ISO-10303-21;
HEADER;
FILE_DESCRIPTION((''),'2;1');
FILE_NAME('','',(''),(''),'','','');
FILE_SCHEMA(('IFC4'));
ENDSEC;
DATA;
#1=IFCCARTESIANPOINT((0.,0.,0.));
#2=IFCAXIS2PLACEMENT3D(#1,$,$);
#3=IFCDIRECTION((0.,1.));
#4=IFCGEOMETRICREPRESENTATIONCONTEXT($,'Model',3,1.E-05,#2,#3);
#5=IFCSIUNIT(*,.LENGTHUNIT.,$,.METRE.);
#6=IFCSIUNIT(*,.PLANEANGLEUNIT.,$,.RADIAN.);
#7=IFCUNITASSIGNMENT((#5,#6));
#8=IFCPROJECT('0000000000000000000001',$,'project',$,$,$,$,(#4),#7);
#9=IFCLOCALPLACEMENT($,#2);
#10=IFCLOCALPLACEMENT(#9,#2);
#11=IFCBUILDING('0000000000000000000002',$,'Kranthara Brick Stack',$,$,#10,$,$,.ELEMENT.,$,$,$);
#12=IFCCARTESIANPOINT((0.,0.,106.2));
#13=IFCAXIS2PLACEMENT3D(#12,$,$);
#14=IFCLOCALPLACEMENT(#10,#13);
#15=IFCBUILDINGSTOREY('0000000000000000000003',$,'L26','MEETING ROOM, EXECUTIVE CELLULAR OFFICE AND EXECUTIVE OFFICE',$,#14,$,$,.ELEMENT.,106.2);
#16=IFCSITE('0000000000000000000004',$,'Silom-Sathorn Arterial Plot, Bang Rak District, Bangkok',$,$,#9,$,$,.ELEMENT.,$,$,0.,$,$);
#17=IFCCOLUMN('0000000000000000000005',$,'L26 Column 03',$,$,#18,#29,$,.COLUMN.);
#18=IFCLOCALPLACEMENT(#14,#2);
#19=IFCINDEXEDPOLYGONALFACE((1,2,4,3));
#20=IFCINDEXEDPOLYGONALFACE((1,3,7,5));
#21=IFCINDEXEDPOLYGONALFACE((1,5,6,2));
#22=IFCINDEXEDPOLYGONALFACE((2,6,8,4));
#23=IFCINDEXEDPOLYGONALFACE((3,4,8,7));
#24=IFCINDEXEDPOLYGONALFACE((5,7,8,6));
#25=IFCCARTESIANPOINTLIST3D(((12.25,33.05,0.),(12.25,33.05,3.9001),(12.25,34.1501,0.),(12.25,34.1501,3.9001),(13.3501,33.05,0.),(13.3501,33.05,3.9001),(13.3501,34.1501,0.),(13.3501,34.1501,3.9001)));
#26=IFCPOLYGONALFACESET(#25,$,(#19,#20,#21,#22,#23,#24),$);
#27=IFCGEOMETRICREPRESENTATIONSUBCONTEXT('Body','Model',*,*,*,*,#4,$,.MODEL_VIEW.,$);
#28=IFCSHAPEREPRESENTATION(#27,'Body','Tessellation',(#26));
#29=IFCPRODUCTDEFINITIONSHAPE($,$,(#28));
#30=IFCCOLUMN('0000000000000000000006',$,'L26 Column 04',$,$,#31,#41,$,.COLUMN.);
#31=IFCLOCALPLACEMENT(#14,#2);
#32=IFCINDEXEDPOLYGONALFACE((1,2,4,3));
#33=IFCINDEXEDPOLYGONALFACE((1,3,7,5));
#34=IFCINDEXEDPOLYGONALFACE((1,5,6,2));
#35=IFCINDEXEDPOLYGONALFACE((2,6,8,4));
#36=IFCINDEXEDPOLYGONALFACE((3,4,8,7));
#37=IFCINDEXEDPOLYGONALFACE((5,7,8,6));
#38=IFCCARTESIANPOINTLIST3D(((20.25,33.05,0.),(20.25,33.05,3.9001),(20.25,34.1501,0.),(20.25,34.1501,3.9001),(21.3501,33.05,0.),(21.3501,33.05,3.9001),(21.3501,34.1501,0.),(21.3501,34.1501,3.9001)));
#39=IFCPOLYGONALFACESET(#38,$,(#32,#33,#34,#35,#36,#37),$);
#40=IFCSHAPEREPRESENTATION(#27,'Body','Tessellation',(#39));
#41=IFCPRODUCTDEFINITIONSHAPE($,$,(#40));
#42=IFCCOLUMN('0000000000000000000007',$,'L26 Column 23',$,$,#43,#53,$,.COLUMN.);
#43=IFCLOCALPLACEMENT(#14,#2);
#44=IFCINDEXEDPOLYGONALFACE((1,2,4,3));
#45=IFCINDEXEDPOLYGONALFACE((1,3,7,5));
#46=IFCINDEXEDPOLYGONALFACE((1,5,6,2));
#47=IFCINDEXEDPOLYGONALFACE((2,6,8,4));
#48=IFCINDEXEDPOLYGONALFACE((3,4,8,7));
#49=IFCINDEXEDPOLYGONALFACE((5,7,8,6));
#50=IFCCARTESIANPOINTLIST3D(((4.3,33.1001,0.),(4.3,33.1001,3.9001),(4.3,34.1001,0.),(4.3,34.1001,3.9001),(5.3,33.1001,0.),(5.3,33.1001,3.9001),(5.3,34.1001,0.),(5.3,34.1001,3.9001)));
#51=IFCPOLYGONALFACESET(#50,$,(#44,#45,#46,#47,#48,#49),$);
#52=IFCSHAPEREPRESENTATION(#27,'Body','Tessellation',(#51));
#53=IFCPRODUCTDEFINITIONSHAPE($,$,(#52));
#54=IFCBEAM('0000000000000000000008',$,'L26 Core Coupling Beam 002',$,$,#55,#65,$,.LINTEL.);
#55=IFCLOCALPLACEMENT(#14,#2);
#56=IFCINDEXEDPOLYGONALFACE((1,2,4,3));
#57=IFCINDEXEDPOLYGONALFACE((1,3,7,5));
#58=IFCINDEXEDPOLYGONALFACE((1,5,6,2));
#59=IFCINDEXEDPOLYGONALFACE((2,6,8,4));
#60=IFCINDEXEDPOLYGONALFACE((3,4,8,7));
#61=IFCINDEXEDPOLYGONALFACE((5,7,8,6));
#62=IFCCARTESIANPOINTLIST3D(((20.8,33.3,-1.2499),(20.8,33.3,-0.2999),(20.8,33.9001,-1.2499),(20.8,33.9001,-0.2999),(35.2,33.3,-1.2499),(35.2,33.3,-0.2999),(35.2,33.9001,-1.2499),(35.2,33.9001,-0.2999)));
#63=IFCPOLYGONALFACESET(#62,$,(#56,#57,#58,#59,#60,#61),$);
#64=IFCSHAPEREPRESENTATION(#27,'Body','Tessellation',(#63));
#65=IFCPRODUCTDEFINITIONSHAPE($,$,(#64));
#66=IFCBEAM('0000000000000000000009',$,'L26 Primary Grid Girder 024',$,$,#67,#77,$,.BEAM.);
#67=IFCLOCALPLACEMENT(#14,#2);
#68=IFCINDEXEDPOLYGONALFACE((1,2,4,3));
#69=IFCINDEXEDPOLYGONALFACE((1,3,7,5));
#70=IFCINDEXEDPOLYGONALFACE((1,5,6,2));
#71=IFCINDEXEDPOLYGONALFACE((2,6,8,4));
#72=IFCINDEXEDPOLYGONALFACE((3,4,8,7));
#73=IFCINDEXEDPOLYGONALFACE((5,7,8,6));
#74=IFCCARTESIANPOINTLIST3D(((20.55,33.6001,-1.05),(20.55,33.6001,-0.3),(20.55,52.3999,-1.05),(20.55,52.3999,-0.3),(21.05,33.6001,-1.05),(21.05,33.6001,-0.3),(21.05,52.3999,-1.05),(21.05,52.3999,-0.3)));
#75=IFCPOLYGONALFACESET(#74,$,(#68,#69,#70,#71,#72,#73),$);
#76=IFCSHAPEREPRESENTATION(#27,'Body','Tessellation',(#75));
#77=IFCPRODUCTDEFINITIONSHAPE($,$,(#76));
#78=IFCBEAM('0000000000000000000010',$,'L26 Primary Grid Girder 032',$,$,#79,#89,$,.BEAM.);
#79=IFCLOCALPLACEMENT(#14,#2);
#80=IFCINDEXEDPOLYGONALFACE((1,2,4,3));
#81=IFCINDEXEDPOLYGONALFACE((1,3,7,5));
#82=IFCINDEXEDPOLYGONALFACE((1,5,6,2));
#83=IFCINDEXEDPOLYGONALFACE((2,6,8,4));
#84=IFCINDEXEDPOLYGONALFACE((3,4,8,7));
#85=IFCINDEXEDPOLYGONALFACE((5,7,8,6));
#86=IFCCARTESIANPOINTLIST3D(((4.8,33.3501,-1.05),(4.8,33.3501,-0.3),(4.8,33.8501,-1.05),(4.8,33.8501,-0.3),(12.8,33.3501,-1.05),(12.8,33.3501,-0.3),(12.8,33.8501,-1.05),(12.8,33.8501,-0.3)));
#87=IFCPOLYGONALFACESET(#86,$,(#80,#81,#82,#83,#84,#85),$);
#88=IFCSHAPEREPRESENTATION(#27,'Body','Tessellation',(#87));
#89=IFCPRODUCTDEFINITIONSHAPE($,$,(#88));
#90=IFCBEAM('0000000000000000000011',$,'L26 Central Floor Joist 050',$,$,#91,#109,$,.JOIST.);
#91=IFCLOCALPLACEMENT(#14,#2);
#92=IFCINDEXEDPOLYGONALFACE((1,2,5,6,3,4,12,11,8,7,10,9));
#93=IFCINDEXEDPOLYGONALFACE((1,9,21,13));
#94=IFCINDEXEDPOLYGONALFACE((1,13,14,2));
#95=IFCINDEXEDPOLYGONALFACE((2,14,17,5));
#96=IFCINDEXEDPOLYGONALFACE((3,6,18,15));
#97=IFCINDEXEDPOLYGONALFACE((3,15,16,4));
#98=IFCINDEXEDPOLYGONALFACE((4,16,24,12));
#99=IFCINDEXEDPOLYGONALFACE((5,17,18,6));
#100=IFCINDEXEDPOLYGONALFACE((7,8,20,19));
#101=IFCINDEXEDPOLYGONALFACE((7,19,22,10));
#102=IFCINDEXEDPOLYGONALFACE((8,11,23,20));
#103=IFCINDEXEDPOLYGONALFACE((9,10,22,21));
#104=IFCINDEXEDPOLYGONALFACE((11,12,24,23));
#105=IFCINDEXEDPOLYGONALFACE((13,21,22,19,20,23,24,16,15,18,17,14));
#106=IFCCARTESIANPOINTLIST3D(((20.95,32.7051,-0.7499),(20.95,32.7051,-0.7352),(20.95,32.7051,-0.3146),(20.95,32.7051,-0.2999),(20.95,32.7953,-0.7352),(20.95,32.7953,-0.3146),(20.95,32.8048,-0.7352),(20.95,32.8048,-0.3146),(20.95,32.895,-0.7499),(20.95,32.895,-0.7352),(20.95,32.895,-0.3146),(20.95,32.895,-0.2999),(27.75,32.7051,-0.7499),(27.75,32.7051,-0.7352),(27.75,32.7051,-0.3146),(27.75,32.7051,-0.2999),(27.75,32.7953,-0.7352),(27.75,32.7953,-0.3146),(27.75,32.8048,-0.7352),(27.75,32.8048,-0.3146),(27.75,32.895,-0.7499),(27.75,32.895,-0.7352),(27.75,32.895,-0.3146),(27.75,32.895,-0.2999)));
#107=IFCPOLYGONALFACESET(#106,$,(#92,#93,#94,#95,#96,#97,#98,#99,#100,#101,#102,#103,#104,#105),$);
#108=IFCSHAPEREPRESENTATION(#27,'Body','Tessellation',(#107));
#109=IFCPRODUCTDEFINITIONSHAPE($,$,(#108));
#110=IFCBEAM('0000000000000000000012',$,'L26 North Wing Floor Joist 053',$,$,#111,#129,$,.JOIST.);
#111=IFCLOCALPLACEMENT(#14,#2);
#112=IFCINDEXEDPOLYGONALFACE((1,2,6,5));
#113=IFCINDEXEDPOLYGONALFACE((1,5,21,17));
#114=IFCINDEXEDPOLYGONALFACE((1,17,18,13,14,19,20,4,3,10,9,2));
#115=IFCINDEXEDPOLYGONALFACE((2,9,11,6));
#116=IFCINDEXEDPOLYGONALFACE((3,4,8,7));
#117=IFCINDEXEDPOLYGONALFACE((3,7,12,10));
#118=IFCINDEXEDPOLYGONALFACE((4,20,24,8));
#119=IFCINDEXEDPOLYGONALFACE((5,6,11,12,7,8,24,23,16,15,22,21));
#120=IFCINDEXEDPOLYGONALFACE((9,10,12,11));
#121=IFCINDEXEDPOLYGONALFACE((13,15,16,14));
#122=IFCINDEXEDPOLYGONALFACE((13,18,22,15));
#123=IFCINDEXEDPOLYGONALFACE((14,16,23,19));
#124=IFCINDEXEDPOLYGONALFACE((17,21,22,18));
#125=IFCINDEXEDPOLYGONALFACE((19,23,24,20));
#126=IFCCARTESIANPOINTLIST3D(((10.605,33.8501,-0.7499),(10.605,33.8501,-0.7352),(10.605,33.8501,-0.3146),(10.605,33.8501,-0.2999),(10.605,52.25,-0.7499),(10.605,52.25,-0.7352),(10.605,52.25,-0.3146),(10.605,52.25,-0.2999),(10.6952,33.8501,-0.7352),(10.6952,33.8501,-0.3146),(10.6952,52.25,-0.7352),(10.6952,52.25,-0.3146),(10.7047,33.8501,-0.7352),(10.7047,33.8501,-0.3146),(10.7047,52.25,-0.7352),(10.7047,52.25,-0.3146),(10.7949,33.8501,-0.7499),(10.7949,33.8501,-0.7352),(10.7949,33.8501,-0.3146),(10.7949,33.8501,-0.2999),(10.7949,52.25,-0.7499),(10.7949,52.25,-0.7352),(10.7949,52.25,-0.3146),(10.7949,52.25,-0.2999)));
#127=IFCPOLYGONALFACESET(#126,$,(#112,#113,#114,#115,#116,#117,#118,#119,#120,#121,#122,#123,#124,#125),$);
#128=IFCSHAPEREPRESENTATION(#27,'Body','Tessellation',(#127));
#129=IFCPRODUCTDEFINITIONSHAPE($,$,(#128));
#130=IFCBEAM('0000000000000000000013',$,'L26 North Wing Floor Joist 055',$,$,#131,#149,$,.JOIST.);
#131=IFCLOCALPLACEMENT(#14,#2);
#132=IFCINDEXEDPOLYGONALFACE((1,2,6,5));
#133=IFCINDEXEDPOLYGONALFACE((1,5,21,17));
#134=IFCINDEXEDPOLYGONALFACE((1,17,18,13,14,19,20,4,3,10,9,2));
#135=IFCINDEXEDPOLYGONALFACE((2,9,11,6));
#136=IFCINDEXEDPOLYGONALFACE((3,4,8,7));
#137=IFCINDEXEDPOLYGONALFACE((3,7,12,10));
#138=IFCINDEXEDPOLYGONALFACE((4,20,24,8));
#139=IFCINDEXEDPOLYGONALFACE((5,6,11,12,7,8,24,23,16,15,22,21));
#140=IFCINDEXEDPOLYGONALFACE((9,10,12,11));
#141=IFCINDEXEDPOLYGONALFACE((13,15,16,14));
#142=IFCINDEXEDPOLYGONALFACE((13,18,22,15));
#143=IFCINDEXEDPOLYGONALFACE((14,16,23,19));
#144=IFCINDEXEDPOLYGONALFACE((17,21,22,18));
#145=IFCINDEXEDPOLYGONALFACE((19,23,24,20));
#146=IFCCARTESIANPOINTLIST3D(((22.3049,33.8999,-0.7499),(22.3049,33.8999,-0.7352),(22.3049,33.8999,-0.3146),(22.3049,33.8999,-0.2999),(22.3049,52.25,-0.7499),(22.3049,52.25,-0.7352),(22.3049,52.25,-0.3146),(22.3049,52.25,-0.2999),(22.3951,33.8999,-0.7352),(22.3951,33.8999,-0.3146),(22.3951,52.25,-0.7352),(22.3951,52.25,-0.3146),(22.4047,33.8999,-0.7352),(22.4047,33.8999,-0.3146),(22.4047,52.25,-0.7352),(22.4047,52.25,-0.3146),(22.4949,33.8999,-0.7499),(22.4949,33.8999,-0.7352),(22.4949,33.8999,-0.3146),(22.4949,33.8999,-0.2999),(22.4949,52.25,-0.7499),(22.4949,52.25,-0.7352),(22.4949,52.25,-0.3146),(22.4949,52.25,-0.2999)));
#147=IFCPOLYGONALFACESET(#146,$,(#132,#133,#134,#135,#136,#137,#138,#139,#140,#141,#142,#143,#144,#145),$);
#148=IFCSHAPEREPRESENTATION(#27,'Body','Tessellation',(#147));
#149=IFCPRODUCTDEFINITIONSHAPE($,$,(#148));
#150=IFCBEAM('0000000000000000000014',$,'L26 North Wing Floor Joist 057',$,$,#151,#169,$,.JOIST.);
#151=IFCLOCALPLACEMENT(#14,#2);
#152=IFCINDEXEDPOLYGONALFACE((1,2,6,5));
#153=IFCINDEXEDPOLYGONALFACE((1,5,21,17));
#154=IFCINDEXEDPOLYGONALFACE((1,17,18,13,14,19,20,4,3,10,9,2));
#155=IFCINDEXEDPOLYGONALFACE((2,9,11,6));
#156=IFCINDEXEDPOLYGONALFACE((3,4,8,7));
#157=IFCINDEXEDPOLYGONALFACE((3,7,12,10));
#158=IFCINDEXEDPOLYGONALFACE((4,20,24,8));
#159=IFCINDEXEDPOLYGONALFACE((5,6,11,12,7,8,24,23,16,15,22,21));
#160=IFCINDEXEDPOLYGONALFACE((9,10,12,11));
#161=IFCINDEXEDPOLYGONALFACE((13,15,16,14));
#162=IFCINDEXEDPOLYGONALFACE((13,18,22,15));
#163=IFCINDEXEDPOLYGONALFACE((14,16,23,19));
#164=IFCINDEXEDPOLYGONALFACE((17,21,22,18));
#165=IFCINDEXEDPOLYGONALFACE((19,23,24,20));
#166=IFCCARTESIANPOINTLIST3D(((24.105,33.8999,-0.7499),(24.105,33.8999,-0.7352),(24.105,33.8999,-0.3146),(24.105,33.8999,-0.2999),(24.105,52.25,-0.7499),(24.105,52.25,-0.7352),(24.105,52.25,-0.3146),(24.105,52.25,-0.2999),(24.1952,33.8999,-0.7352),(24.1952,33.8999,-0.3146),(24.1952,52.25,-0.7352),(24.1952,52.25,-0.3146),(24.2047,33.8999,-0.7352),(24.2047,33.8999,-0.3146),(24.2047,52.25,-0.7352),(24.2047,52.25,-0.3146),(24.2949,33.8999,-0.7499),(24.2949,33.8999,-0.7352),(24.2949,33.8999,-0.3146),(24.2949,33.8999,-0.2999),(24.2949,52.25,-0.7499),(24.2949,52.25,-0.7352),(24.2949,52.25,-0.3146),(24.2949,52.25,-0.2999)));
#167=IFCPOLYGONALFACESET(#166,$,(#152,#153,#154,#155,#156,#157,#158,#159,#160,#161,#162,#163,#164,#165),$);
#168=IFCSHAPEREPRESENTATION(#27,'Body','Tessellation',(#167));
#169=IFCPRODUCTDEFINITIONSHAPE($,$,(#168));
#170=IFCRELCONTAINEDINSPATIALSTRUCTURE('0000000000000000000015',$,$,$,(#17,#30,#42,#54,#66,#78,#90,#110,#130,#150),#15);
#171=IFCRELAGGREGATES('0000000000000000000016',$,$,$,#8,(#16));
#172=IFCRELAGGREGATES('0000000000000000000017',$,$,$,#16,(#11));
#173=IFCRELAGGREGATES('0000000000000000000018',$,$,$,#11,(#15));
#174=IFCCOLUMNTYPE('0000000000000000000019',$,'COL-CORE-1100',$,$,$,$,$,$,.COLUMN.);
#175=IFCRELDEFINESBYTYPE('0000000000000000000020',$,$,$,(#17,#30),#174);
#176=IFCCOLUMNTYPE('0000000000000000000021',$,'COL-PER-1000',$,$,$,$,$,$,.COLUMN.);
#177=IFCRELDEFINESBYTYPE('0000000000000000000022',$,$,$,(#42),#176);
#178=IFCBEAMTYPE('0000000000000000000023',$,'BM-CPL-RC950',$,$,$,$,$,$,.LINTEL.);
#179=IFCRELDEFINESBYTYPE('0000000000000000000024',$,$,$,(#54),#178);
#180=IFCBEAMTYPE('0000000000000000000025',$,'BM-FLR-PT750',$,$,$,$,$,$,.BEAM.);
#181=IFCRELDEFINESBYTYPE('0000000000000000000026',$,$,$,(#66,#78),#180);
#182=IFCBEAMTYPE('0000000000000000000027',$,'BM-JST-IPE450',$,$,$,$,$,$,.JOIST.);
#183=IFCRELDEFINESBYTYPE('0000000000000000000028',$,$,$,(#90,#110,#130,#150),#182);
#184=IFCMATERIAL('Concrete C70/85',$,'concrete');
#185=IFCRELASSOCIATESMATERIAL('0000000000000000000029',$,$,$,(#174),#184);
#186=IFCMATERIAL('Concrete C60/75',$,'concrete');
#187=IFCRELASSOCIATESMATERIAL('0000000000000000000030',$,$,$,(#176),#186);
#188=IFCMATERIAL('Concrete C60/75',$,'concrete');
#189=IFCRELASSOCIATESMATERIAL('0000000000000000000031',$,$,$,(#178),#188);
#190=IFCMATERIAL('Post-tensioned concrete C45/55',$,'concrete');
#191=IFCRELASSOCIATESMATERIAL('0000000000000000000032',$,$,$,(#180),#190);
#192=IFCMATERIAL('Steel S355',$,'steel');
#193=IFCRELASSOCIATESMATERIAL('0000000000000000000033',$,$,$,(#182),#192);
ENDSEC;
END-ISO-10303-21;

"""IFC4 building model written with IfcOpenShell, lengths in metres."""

from ifc_helpers import new_model, si_unit, direction, frame, origin, origin_2d, place, context, subcontext, project, spatial, rectangle, i_section, extrude, material, material_profile, profile_set, type_object, element, save


model = new_model("IFC4")

# Units and contexts
model_context = context("Model", 3, precision=1e-05, world=origin(), true_north=direction((0.0, 1.0)))
body_context = subcontext(model_context, "Body", "Model", "MODEL_VIEW")
ifc_project = project(units=[si_unit("LENGTHUNIT", "METRE"), si_unit("PLANEANGLEUNIT", "RADIAN")], contexts=[model_context])

# Site, building, storey
site_placement = place(None, origin())
site = spatial("IfcSite", under=ifc_project, at=site_placement, Name="Silom-Sathorn Arterial Plot, Bang Rak District, Bangkok", CompositionType="ELEMENT", RefElevation=0.0)
building_placement = place(site_placement, origin())
building = spatial("IfcBuilding", under=site, at=building_placement, Name="Kranthara Brick Stack", CompositionType="ELEMENT")
storey_placement = place(building_placement, frame((0.0, 0.0, 106.2)))
storey = spatial("IfcBuildingStorey", under=building, at=storey_placement, Name="L26", Description="MEETING ROOM, EXECUTIVE CELLULAR OFFICE AND EXECUTIVE OFFICE", CompositionType="ELEMENT", Elevation=106.2)

# Columns
ifc_material_1 = material(Name="Concrete C70/85", Category="concrete")
ifc_material_profile_1 = material_profile(ifc_material_1, rectangle(XDim=1.1001, YDim=1.1001, at=origin_2d()), Name="RC 1100x1100")
ifc_profile_set_1 = profile_set([ifc_material_profile_1], Name="Concrete C70/85")
column_type_1 = type_object("IfcColumnType", Name="COL-CORE-1100", PredefinedType="COLUMN", material=ifc_profile_set_1)
for number, where, z_axis, x_axis, name in (
    (1, (12.8, 33.6001, 0.0), (0.0, 0.0, 1.0), (1.0, 0.0, 0.0), "L26 Column 03"),
    (2, (20.8, 33.6001, 0.0), (0.0, 0.0, 1.0), (1.0, 0.0, 0.0), "L26 Column 04"),
):
    element("IfcColumn", number, at=place(storey_placement, frame(where, z_axis=z_axis, x_axis=x_axis)), inside=storey, type_object=column_type_1, Name=name, PredefinedType="COLUMN", context=body_context, shape_type="SweptSolid", body=[
        extrude(rectangle(XDim=1.1001, YDim=1.1001, at=origin_2d()), origin(), (0.0, 0.0, 1.0), 3.9001),
    ])
ifc_material_2 = material(Name="Concrete C60/75", Category="concrete")
ifc_material_profile_2 = material_profile(ifc_material_2, rectangle(XDim=1.0, YDim=1.0, at=origin_2d()), Name="RC 1000x1000")
ifc_profile_set_2 = profile_set([ifc_material_profile_2], Name="Concrete C60/75")
column_type_2 = type_object("IfcColumnType", Name="COL-PER-1000", PredefinedType="COLUMN", material=ifc_profile_set_2)
column_placement = place(storey_placement, frame((4.8, 33.6001, 0.0), z_axis=(0.0, 0.0, 1.0), x_axis=(1.0, 0.0, 0.0)))
element("IfcColumn", 3, at=column_placement, inside=storey, type_object=column_type_2, Name="L26 Column 23", PredefinedType="COLUMN", context=body_context, shape_type="SweptSolid", body=[
    extrude(rectangle(XDim=1.0, YDim=1.0, at=origin_2d()), origin(), (0.0, 0.0, 1.0), 3.9001),
])

# Beams
ifc_material_3 = material(Name="Concrete C60/75", Category="concrete")
ifc_material_profile_3 = material_profile(ifc_material_3, rectangle(XDim=0.6001, YDim=0.95, at=origin_2d()), Name="RC 600x950")
ifc_profile_set_3 = profile_set([ifc_material_profile_3], Name="Concrete C60/75")
beam_type_1 = type_object("IfcBeamType", Name="BM-CPL-RC950", PredefinedType="LINTEL", material=ifc_profile_set_3)
beam_1_placement = place(storey_placement, frame((20.8, 33.6001, -0.7749), z_axis=(1.0, 0.0, 0.0), x_axis=(0.0, 1.0, 0.0)))
element("IfcBeam", 4, at=beam_1_placement, inside=storey, type_object=beam_type_1, Name="L26 Core Coupling Beam 002", PredefinedType="LINTEL", context=body_context, shape_type="SweptSolid", body=[
    extrude(rectangle(XDim=0.6001, YDim=0.95, at=origin_2d()), origin(), (0.0, 0.0, 1.0), 14.3999),
])
ifc_material_4 = material(Name="Post-tensioned concrete C45/55", Category="concrete")
ifc_material_profile_4 = material_profile(ifc_material_4, rectangle(XDim=0.5, YDim=0.75, at=origin_2d()), Name="PT 500x750")
ifc_profile_set_4 = profile_set([ifc_material_profile_4], Name="Post-tensioned concrete C45/55")
beam_type_2 = type_object("IfcBeamType", Name="BM-FLR-PT750", PredefinedType="BEAM", material=ifc_profile_set_4)
beam_2_placement = place(storey_placement, frame((20.8, 33.6001, -0.675), z_axis=(0.0, 1.0, 0.0), x_axis=(-1.0, 0.0, 0.0)))
element("IfcBeam", 5, at=beam_2_placement, inside=storey, type_object=beam_type_2, Name="L26 Primary Grid Girder 024", PredefinedType="BEAM", context=body_context, shape_type="SweptSolid", body=[
    extrude(rectangle(XDim=0.5, YDim=0.75, at=origin_2d()), origin(), (0.0, 0.0, 1.0), 18.7998),
])
beam_3_placement = place(storey_placement, frame((4.8, 33.6001, -0.675), z_axis=(1.0, 0.0, 0.0), x_axis=(0.0, 1.0, 0.0)))
element("IfcBeam", 6, at=beam_3_placement, inside=storey, type_object=beam_type_2, Name="L26 Primary Grid Girder 032", PredefinedType="BEAM", context=body_context, shape_type="SweptSolid", body=[
    extrude(rectangle(XDim=0.5, YDim=0.75, at=origin_2d()), origin(), (0.0, 0.0, 1.0), 8.0),
])
ifc_material_5 = material(Name="Steel S355", Category="steel")
ifc_material_profile_5 = material_profile(ifc_material_5, i_section(OverallWidth=0.1899, OverallDepth=0.45, WebThickness=0.0095, FlangeThickness=0.0146, at=origin_2d()), Name="IPE 450")
ifc_profile_set_5 = profile_set([ifc_material_profile_5], Name="Steel S355")
beam_type_3 = type_object("IfcBeamType", Name="BM-JST-IPE450", PredefinedType="JOIST", material=ifc_profile_set_5)
beam_4_placement = place(storey_placement, frame((20.95, 32.8, -0.5249), z_axis=(1.0, 0.0, 0.0), x_axis=(0.0, 1.0, 0.0)))
element("IfcBeam", 7, at=beam_4_placement, inside=storey, type_object=beam_type_3, Name="L26 Central Floor Joist 050", PredefinedType="JOIST", context=body_context, shape_type="SweptSolid", body=[
    extrude(i_section(OverallWidth=0.1899, OverallDepth=0.45, WebThickness=0.0095, FlangeThickness=0.0146, at=origin_2d()), origin(), (0.0, 0.0, 1.0), 6.8),
])
beam_5_placement = place(storey_placement, frame((10.7, 33.8501, -0.5249), z_axis=(0.0, 1.0, 0.0), x_axis=(-1.0, 0.0, 0.0)))
element("IfcBeam", 8, at=beam_5_placement, inside=storey, type_object=beam_type_3, Name="L26 North Wing Floor Joist 053", PredefinedType="JOIST", context=body_context, shape_type="SweptSolid", body=[
    extrude(i_section(OverallWidth=0.1899, OverallDepth=0.45, WebThickness=0.0095, FlangeThickness=0.0146, at=origin_2d()), origin(), (0.0, 0.0, 1.0), 18.3999),
])
for number, where, z_axis, x_axis, name in (
    (9, (22.3999, 33.8999, -0.5249), (0.0, 1.0, 0.0), (-1.0, 0.0, 0.0), "L26 North Wing Floor Joist 055"),
    (10, (24.2, 33.8999, -0.5249), (0.0, 1.0, 0.0), (-1.0, 0.0, 0.0), "L26 North Wing Floor Joist 057"),
):
    element("IfcBeam", number, at=place(storey_placement, frame(where, z_axis=z_axis, x_axis=x_axis)), inside=storey, type_object=beam_type_3, Name=name, PredefinedType="JOIST", context=body_context, shape_type="SweptSolid", body=[
        extrude(i_section(OverallWidth=0.1899, OverallDepth=0.45, WebThickness=0.0095, FlangeThickness=0.0146, at=origin_2d()), origin(), (0.0, 0.0, 1.0), 18.3501),
    ])

save(model, "model.ifc")
